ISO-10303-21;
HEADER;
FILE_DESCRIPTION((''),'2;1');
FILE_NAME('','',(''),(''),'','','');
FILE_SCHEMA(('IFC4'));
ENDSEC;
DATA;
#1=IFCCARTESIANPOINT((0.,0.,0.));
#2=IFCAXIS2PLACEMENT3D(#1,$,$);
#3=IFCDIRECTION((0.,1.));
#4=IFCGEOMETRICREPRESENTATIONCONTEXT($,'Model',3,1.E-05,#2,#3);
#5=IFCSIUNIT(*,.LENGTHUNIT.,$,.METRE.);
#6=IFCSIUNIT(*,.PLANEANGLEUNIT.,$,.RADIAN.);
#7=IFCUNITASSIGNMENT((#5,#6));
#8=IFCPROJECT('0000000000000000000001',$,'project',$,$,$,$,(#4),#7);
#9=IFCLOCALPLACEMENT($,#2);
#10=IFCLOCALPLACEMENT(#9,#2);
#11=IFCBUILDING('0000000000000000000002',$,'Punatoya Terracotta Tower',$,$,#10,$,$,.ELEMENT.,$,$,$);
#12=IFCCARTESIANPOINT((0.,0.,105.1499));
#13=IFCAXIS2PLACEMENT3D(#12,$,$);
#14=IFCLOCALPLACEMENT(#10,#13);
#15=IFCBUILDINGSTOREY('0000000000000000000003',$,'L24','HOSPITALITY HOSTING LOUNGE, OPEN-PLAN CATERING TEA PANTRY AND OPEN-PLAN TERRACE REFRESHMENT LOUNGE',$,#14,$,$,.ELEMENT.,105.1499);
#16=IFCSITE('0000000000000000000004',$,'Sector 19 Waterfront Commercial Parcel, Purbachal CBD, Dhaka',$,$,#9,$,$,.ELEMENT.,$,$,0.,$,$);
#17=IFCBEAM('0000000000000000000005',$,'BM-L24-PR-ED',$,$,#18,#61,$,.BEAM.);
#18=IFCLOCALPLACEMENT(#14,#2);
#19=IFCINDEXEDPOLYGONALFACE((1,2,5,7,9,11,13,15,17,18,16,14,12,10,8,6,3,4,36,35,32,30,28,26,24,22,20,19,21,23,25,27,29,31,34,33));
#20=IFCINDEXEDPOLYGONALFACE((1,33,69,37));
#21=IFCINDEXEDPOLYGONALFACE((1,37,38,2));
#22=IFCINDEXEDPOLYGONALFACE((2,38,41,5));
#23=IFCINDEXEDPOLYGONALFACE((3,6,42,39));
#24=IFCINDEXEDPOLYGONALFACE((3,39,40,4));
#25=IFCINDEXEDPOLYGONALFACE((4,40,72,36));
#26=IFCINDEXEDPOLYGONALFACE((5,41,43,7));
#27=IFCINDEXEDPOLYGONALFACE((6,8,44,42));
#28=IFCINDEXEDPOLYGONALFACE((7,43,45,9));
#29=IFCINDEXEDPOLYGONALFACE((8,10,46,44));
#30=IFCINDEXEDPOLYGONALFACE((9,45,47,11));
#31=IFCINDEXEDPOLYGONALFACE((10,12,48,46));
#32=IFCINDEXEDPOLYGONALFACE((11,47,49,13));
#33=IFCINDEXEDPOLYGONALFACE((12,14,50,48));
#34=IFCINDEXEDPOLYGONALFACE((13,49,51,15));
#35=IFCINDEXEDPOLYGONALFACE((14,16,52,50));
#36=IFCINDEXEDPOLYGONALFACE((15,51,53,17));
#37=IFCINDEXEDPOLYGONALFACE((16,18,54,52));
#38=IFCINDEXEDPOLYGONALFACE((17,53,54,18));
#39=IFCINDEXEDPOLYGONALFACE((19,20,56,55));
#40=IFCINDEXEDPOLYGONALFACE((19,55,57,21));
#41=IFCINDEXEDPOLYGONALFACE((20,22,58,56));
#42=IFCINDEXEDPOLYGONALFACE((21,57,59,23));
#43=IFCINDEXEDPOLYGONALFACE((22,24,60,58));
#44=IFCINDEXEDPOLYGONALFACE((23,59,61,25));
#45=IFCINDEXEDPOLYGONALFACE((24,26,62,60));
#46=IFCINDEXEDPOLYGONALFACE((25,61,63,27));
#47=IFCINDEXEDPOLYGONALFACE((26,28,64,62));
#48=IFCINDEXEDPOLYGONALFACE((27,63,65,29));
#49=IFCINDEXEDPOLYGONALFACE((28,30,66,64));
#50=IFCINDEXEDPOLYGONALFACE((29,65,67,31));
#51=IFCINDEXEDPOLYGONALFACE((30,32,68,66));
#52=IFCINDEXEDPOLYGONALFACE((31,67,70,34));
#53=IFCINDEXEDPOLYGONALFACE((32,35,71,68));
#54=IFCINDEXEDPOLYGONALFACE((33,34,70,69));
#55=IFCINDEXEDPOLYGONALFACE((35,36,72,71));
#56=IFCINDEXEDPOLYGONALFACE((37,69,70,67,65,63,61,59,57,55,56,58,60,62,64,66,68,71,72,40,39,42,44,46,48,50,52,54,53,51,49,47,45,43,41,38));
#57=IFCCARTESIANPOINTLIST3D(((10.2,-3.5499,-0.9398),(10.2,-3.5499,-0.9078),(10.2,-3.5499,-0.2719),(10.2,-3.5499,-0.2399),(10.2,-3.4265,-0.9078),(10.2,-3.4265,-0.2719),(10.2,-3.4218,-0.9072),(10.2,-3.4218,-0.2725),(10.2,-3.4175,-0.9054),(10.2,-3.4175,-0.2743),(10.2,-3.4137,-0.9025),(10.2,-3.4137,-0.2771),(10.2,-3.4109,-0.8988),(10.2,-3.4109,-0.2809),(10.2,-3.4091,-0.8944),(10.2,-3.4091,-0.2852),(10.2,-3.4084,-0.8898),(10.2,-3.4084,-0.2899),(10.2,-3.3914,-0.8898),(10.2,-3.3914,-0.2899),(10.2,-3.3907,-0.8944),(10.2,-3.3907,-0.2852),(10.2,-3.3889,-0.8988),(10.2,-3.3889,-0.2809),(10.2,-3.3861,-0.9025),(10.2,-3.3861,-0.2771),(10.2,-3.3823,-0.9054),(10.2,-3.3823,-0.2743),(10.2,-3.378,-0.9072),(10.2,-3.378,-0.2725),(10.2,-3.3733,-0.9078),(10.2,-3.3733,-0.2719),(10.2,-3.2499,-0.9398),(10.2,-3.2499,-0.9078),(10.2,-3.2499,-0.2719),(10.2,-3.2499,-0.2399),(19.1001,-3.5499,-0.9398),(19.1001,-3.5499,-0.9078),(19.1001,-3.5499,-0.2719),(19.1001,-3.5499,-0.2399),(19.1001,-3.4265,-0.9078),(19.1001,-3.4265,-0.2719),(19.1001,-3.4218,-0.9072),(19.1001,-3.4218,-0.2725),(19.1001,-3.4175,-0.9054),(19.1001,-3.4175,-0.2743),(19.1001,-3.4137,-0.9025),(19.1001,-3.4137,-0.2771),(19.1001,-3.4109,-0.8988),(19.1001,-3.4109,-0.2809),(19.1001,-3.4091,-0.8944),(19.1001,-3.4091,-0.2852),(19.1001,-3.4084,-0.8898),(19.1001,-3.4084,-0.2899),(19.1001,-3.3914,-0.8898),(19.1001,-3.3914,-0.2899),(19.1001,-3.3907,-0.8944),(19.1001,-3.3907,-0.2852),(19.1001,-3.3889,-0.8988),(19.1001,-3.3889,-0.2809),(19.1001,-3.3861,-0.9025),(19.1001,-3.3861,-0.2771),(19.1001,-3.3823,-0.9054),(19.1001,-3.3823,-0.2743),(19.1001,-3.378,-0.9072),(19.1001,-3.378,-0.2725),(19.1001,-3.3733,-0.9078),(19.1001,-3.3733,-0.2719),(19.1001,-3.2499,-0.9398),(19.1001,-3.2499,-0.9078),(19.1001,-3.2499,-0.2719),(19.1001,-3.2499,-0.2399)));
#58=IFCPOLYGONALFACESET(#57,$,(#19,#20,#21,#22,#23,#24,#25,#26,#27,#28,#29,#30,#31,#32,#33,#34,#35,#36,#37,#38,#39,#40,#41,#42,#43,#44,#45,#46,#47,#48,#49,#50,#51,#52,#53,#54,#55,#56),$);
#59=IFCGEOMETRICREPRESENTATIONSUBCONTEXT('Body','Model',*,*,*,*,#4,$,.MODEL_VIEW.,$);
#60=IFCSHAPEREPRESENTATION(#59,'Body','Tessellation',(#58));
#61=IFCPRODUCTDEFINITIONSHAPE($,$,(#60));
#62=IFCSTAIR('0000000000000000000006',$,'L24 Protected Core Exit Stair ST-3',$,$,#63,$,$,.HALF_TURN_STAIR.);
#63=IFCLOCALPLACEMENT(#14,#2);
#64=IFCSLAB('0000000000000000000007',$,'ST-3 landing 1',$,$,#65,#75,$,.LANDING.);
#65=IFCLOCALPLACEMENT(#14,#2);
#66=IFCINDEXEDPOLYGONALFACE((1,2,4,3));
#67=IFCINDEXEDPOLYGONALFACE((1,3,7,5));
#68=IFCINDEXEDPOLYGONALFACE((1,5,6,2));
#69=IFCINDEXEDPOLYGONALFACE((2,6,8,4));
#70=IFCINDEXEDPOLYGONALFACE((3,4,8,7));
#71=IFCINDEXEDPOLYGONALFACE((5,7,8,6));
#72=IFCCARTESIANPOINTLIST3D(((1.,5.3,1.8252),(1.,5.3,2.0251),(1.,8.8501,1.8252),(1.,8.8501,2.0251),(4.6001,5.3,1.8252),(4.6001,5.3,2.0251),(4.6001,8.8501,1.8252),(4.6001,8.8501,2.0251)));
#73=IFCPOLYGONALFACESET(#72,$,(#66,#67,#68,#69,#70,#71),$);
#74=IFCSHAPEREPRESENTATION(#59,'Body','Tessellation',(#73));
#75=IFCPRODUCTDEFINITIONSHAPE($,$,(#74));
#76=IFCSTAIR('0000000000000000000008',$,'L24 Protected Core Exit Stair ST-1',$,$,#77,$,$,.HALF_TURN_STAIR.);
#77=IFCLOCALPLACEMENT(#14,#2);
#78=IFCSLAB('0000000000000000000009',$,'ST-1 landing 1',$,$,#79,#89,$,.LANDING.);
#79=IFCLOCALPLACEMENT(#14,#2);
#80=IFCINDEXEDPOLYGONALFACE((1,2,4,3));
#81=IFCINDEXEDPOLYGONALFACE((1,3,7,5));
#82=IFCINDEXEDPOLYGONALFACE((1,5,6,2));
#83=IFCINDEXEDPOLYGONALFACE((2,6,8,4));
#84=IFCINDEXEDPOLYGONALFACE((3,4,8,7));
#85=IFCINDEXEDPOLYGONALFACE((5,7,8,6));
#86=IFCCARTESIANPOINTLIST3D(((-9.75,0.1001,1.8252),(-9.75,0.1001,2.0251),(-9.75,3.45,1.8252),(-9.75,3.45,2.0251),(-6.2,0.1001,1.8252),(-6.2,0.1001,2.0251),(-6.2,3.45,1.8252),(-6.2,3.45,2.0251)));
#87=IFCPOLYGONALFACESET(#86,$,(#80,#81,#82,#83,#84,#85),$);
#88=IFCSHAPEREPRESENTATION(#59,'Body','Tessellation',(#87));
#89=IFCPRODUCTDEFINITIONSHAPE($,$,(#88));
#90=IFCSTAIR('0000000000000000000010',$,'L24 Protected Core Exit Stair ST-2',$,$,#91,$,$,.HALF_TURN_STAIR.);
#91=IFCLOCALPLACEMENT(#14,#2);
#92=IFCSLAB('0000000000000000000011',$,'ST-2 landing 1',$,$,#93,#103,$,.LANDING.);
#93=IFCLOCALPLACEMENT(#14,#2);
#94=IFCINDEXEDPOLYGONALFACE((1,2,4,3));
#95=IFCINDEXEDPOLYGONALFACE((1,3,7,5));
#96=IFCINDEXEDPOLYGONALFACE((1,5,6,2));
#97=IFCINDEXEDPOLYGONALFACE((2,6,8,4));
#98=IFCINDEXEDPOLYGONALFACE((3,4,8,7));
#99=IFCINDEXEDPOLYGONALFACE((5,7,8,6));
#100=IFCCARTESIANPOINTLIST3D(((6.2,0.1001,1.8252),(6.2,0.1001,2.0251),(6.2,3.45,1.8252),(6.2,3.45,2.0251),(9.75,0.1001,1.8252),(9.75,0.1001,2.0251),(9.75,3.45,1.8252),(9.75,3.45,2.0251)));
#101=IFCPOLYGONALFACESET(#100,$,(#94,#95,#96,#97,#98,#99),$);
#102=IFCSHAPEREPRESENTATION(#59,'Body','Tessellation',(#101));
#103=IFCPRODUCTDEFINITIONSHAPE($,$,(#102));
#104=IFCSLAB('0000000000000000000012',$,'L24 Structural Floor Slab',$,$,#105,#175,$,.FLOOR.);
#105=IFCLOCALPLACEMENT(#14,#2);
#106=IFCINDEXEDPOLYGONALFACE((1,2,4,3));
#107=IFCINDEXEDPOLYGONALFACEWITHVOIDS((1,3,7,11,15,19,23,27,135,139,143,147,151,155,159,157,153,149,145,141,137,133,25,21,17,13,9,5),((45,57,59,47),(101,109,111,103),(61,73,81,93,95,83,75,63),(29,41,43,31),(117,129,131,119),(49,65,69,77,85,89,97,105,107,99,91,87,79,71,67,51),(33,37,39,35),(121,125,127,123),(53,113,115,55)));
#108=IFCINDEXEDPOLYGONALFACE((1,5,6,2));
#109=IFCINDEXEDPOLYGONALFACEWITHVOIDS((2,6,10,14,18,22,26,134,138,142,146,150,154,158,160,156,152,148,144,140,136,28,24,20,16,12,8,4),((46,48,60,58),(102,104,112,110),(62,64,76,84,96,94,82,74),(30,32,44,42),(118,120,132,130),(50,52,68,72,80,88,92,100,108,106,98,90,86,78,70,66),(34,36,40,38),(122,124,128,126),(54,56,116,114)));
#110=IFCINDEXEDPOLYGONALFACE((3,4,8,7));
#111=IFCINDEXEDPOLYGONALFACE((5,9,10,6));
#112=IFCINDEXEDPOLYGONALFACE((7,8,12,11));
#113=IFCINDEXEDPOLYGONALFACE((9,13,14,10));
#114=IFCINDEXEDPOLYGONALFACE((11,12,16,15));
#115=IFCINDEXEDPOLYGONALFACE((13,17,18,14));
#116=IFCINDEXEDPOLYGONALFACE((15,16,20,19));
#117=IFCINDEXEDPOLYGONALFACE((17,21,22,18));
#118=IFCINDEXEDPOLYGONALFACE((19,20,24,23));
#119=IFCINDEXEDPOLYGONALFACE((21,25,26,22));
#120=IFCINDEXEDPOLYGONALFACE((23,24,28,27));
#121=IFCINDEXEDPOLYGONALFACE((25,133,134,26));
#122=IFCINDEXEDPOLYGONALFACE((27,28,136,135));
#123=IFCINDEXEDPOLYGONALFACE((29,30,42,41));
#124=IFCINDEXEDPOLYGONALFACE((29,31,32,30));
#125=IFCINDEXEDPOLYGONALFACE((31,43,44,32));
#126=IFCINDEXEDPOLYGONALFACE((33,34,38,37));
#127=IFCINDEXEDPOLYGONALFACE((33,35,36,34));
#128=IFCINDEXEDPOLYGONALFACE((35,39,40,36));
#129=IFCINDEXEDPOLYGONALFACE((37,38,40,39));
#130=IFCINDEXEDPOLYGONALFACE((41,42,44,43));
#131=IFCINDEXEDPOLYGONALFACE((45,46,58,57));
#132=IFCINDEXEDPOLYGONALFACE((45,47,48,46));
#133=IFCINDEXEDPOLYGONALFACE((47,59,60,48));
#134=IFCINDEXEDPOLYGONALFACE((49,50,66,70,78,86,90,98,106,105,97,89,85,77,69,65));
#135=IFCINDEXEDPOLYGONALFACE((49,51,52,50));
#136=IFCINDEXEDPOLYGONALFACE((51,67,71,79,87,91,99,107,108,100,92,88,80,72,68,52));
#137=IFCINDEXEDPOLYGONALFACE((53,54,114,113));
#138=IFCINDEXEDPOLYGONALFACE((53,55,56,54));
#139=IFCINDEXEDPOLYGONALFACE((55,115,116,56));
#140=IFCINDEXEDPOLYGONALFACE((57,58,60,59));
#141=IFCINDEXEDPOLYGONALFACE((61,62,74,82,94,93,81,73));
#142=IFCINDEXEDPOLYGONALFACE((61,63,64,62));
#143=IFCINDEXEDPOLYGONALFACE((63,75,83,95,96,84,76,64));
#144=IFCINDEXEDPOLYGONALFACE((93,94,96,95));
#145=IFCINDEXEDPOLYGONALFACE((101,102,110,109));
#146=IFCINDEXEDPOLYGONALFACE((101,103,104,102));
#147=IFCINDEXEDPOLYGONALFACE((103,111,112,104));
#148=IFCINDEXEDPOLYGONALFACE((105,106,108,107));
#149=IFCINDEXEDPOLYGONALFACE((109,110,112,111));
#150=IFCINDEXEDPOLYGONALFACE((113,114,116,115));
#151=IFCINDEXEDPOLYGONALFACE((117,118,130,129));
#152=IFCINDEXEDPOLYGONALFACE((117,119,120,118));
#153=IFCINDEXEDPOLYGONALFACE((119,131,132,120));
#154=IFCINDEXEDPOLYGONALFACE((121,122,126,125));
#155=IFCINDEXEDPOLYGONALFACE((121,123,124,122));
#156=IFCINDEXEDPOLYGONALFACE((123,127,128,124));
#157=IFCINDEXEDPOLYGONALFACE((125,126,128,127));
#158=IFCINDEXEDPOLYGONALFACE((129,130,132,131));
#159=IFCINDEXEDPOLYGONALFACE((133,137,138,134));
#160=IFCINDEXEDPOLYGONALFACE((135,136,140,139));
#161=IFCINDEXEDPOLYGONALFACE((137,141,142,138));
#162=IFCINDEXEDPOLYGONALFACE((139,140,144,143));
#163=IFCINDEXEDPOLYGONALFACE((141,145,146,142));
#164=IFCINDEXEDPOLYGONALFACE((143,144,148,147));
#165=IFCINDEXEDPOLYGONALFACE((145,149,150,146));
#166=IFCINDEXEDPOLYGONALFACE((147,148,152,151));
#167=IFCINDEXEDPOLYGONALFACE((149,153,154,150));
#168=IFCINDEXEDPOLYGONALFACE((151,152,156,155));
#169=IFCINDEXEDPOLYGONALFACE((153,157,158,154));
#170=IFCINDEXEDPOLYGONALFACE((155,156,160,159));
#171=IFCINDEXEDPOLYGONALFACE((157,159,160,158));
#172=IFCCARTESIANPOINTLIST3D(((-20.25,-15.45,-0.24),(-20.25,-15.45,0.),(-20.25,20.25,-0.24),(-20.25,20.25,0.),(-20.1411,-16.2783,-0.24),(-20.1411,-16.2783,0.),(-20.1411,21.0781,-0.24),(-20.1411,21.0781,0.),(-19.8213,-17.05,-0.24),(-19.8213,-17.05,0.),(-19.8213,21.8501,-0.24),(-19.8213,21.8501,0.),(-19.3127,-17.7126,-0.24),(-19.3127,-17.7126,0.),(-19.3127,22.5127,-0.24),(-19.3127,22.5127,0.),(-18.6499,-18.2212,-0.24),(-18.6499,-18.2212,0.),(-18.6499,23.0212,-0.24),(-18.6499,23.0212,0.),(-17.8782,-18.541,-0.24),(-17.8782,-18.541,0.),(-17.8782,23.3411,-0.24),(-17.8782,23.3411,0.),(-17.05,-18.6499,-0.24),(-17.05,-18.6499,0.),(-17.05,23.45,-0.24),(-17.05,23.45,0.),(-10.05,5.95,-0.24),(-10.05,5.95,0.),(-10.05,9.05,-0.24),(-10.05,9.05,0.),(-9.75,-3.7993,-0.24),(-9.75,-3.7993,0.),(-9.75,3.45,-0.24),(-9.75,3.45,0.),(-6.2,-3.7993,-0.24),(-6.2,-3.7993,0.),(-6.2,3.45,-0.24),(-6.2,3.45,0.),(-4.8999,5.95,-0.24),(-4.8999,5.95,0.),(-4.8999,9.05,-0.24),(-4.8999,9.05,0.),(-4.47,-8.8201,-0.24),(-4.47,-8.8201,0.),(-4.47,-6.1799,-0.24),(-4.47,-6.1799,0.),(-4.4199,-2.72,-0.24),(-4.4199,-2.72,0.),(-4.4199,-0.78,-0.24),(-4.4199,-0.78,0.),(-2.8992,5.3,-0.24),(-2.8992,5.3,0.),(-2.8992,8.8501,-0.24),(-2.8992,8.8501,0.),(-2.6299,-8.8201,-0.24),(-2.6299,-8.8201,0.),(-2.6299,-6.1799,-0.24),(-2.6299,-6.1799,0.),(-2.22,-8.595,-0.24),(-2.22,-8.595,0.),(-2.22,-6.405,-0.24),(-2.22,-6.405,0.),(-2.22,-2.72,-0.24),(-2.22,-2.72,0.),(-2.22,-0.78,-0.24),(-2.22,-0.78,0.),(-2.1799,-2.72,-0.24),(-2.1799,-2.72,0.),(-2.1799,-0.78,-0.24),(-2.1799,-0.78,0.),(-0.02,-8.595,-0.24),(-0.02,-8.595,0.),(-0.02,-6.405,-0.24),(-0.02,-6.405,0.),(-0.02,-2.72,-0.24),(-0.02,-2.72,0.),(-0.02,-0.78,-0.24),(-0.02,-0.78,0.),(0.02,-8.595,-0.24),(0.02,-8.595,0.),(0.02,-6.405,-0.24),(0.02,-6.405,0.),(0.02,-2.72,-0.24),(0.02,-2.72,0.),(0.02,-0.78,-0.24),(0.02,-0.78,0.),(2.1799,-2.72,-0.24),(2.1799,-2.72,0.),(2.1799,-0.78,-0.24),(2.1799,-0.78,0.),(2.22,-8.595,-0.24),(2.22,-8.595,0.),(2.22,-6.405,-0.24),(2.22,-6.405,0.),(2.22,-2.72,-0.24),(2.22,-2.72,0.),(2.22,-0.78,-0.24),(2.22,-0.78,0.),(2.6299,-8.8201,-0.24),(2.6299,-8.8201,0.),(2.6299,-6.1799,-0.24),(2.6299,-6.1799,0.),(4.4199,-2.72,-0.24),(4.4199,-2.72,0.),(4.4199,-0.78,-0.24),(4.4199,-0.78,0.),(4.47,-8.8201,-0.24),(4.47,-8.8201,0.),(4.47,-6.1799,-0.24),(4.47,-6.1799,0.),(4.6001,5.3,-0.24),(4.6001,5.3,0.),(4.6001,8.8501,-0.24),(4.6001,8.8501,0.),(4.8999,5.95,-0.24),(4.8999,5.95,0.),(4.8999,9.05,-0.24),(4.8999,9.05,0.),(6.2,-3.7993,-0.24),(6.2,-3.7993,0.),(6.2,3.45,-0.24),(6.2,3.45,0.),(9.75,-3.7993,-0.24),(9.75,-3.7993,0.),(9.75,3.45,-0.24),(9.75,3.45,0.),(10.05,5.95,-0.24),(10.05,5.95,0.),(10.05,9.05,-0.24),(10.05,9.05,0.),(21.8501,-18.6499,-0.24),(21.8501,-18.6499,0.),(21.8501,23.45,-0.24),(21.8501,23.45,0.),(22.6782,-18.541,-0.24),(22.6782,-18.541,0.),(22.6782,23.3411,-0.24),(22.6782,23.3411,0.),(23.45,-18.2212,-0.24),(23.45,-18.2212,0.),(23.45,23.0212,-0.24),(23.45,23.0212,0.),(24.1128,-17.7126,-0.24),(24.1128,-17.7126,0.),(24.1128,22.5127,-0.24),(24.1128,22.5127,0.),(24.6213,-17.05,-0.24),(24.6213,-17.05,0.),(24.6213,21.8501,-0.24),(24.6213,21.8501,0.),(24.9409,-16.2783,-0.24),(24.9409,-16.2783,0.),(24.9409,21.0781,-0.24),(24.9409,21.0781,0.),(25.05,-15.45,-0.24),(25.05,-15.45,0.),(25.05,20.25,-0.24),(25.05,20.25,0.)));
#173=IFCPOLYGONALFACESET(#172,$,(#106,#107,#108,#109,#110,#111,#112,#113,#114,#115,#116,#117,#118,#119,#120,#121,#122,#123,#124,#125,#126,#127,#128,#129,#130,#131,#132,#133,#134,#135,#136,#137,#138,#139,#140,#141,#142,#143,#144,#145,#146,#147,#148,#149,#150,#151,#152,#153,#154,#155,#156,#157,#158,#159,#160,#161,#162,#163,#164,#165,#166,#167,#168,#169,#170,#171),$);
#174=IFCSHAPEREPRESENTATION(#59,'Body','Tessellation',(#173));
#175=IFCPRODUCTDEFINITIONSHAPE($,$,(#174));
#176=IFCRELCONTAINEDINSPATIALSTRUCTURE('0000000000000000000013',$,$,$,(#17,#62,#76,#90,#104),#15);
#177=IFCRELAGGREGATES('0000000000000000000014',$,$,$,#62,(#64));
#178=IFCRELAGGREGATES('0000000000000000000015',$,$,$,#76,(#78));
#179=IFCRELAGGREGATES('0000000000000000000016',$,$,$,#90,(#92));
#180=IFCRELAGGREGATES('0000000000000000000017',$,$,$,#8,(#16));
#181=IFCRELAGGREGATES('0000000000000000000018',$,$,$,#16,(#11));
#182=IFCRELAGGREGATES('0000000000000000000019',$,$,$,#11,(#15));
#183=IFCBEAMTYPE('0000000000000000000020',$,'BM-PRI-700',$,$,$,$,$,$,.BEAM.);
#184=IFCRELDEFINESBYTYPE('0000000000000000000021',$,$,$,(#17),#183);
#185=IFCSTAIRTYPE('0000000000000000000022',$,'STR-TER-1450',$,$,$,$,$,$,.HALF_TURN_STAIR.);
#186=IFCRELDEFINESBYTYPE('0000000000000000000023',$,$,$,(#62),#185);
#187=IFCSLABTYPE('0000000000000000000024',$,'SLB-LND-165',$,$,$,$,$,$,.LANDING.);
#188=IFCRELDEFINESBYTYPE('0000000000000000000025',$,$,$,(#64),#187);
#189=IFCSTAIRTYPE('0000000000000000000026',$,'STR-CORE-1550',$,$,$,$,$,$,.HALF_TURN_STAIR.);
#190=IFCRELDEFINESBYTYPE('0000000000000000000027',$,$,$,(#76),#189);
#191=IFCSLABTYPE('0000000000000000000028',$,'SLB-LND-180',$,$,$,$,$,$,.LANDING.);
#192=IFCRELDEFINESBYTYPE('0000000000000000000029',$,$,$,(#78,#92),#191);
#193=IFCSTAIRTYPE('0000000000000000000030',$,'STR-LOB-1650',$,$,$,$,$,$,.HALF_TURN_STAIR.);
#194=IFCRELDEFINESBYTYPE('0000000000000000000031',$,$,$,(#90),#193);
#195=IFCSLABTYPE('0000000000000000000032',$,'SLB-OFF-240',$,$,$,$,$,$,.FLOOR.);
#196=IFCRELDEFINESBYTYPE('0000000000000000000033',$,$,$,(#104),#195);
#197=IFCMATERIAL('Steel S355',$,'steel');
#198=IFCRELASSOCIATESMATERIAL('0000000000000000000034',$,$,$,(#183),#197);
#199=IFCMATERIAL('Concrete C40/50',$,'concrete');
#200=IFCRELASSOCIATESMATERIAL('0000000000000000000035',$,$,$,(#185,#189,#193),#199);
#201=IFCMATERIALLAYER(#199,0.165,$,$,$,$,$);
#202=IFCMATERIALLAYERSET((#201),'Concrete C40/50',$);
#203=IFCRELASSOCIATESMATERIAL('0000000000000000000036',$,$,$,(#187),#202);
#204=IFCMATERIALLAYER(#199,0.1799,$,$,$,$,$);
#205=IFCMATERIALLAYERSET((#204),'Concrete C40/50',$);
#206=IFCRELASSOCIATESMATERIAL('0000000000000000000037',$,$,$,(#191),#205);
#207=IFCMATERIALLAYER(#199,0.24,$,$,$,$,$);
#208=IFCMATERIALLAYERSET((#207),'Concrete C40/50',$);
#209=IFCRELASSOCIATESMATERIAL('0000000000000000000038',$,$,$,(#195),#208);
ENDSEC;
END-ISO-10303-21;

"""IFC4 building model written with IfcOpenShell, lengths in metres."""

from ifc_helpers import new_model, si_unit, direction, frame, origin, origin_2d, place, context, subcontext, project, spatial, polyline, i_section, outline, extrude, material, layer, layer_set, material_profile, profile_set, type_object, element, aggregate, save


model = new_model("IFC4")

# Units and contexts
model_context = context("Model", 3, precision=1e-05, world=origin(), true_north=direction((0.0, 1.0)))
body_context = subcontext(model_context, "Body", "Model", "MODEL_VIEW")
ifc_project = project(units=[si_unit("LENGTHUNIT", "METRE"), si_unit("PLANEANGLEUNIT", "RADIAN")], contexts=[model_context])

# Site, building, storey
site_placement = place(None, origin())
site = spatial("IfcSite", under=ifc_project, at=site_placement, Name="Sector 19 Waterfront Commercial Parcel, Purbachal CBD, Dhaka", CompositionType="ELEMENT", RefElevation=0.0)
building_placement = place(site_placement, origin())
building = spatial("IfcBuilding", under=site, at=building_placement, Name="Punatoya Terracotta Tower", CompositionType="ELEMENT")
storey_placement = place(building_placement, frame((0.0, 0.0, 105.1499)))
storey = spatial("IfcBuildingStorey", under=building, at=storey_placement, Name="L24", Description="HOSPITALITY HOSTING LOUNGE, OPEN-PLAN CATERING TEA PANTRY AND OPEN-PLAN TERRACE REFRESHMENT LOUNGE", CompositionType="ELEMENT", Elevation=105.1499)

# Beam
ifc_material_1 = material(Name="Steel S355", Category="steel")
ifc_material_profile = material_profile(ifc_material_1, i_section(OverallWidth=0.3, OverallDepth=0.7, WebThickness=0.0171, FlangeThickness=0.032, FilletRadius=0.0181, at=origin_2d()))
ifc_profile_set = profile_set([ifc_material_profile], Name="Steel S355")
beam_type = type_object("IfcBeamType", Name="BM-PRI-700", PredefinedType="BEAM", material=ifc_profile_set)
beam_placement = place(storey_placement, frame((10.2, -3.3999, -0.5898), z_axis=(1.0, 0.0, 0.0), x_axis=(0.0, 1.0, 0.0)))
element("IfcBeam", 1, at=beam_placement, inside=storey, type_object=beam_type, Name="BM-L24-PR-ED", PredefinedType="BEAM", context=body_context, shape_type="SweptSolid", body=[
    extrude(i_section(OverallWidth=0.3, OverallDepth=0.7, WebThickness=0.0171, FlangeThickness=0.032, FilletRadius=0.0181, at=origin_2d()), origin(), (0.0, 0.0, 1.0), 8.9001),
])

# Stairs, slabs
ifc_material_2 = material(Name="Concrete C40/50", Category="concrete")
stair_type_1 = type_object("IfcStairType", Name="STR-TER-1450", PredefinedType="HALF_TURN_STAIR", material=ifc_material_2)
stair_1_placement = place(storey_placement, origin())
stair_1 = element("IfcStair", 2, at=stair_1_placement, inside=storey, type_object=stair_type_1, Name="L24 Protected Core Exit Stair ST-3", PredefinedType="HALF_TURN_STAIR")
ifc_layer_1 = layer(ifc_material_2, 0.165)
ifc_layer_set_1 = layer_set([ifc_layer_1], Name="Concrete C40/50")
slab_type_1 = type_object("IfcSlabType", Name="SLB-LND-165", PredefinedType="LANDING", material=ifc_layer_set_1)
slab_1_placement = place(storey_placement, frame((0.0, 0.0, 1.8252)))
slab_1 = element("IfcSlab", 3, at=slab_1_placement, type_object=slab_type_1, Name="ST-3 landing 1", PredefinedType="LANDING", context=body_context, shape_type="SweptSolid", body=[
    extrude(outline(polyline([(1.0, 5.3), (4.6001, 5.3), (4.6001, 8.8501), (1.0, 8.8501), (1.0, 5.3)])), origin(), (0.0, 0.0, 1.0), 0.2),
])
aggregate(stair_1, [slab_1])
stair_type_2 = type_object("IfcStairType", Name="STR-CORE-1550", PredefinedType="HALF_TURN_STAIR", material=ifc_material_2)
stair_2_placement = place(storey_placement, origin())
stair_2 = element("IfcStair", 4, at=stair_2_placement, inside=storey, type_object=stair_type_2, Name="L24 Protected Core Exit Stair ST-1", PredefinedType="HALF_TURN_STAIR")
ifc_layer_2 = layer(ifc_material_2, 0.1799)
ifc_layer_set_2 = layer_set([ifc_layer_2], Name="Concrete C40/50")
slab_type_2 = type_object("IfcSlabType", Name="SLB-LND-180", PredefinedType="LANDING", material=ifc_layer_set_2)
slab_2_placement = place(storey_placement, frame((0.0, 0.0, 1.8252)))
slab_2 = element("IfcSlab", 5, at=slab_2_placement, type_object=slab_type_2, Name="ST-1 landing 1", PredefinedType="LANDING", context=body_context, shape_type="SweptSolid", body=[
    extrude(outline(polyline([(-6.2, 0.1001), (-6.2, 3.45), (-9.75, 3.45), (-9.75, 0.1001), (-6.2, 0.1001)])), origin(), (0.0, 0.0, 1.0), 0.2),
])
aggregate(stair_2, [slab_2])
stair_type_3 = type_object("IfcStairType", Name="STR-LOB-1650", PredefinedType="HALF_TURN_STAIR", material=ifc_material_2)
stair_3_placement = place(storey_placement, origin())
stair_3 = element("IfcStair", 6, at=stair_3_placement, inside=storey, type_object=stair_type_3, Name="L24 Protected Core Exit Stair ST-2", PredefinedType="HALF_TURN_STAIR")
slab_3_placement = place(storey_placement, frame((0.0, 0.0, 1.8252)))
slab_3 = element("IfcSlab", 7, at=slab_3_placement, type_object=slab_type_2, Name="ST-2 landing 1", PredefinedType="LANDING", context=body_context, shape_type="SweptSolid", body=[
    extrude(outline(polyline([(9.75, 0.1001), (9.75, 3.45), (6.2, 3.45), (6.2, 0.1001), (9.75, 0.1001)])), origin(), (0.0, 0.0, 1.0), 0.2),
])

# Slab
ifc_layer_3 = layer(ifc_material_2, 0.24)
ifc_layer_set_3 = layer_set([ifc_layer_3], Name="Concrete C40/50")
slab_type_3 = type_object("IfcSlabType", Name="SLB-OFF-240", PredefinedType="FLOOR", material=ifc_layer_set_3)
slab_4_placement = place(storey_placement, frame((0.0, 0.0, -0.24)))
element("IfcSlab", 8, at=slab_4_placement, inside=storey, type_object=slab_type_3, Name="L24 Structural Floor Slab", PredefinedType="FLOOR", context=body_context, shape_type="SweptSolid", body=[
    extrude(outline(polyline([(-17.05, -18.6499), (-17.8782, -18.541), (-18.6499, -18.2212), (-19.3127, -17.7126), (-19.8213, -17.05), (-20.1411, -16.2783), (-20.25, -15.45), (-20.25, 20.25), (-20.1411, 21.0781), (-19.8213, 21.8501), (-19.3127, 22.5127), (-18.6499, 23.0212), (-17.8782, 23.3411), (-17.05, 23.45), (21.8501, 23.45), (22.6782, 23.3411), (23.45, 23.0212), (24.1128, 22.5127), (24.6213, 21.8501), (24.9409, 21.0781), (25.05, 20.25), (25.05, -15.45), (24.9409, -16.2783), (24.6213, -17.05), (24.1128, -17.7126), (23.45, -18.2212), (22.6782, -18.541), (21.8501, -18.6499), (-17.05, -18.6499)]), holes=[polyline([(-2.6299, -6.1799), (-4.47, -6.1799), (-4.47, -8.8201), (-2.6299, -8.8201), (-2.6299, -6.1799)]), polyline([(0.02, -8.595), (2.22, -8.595), (2.22, -6.405), (0.02, -6.405), (-0.02, -6.405), (-2.22, -6.405), (-2.22, -8.595), (-0.02, -8.595), (0.02, -8.595)]), polyline([(-2.22, -2.72), (-2.1799, -2.72), (-0.02, -2.72), (0.02, -2.72), (2.1799, -2.72), (2.22, -2.72), (4.4199, -2.72), (4.4199, -0.78), (2.22, -0.78), (2.1799, -0.78), (0.02, -0.78), (-0.02, -0.78), (-2.1799, -0.78), (-2.22, -0.78), (-4.4199, -0.78), (-4.4199, -2.72), (-2.22, -2.72)]), polyline([(-6.2, 3.45), (-9.75, 3.45), (-9.75, -3.7993), (-6.2, -3.7993), (-6.2, 3.45)]), polyline([(4.6001, 5.3), (4.6001, 8.8501), (-2.8992, 8.8501), (-2.8992, 5.3), (4.6001, 5.3)]), polyline([(-4.8999, 9.05), (-10.05, 9.05), (-10.05, 5.95), (-4.8999, 5.95), (-4.8999, 9.05)]), polyline([(4.47, -8.8201), (4.47, -6.1799), (2.6299, -6.1799), (2.6299, -8.8201), (4.47, -8.8201)]), polyline([(9.75, 3.45), (6.2, 3.45), (6.2, -3.7993), (9.75, -3.7993), (9.75, 3.45)]), polyline([(10.05, 5.95), (10.05, 9.05), (4.8999, 9.05), (4.8999, 5.95), (10.05, 5.95)])]), origin(), (0.0, 0.0, 1.0), 0.24),
])

aggregate(stair_3, [slab_3])

save(model, "model.ifc")
